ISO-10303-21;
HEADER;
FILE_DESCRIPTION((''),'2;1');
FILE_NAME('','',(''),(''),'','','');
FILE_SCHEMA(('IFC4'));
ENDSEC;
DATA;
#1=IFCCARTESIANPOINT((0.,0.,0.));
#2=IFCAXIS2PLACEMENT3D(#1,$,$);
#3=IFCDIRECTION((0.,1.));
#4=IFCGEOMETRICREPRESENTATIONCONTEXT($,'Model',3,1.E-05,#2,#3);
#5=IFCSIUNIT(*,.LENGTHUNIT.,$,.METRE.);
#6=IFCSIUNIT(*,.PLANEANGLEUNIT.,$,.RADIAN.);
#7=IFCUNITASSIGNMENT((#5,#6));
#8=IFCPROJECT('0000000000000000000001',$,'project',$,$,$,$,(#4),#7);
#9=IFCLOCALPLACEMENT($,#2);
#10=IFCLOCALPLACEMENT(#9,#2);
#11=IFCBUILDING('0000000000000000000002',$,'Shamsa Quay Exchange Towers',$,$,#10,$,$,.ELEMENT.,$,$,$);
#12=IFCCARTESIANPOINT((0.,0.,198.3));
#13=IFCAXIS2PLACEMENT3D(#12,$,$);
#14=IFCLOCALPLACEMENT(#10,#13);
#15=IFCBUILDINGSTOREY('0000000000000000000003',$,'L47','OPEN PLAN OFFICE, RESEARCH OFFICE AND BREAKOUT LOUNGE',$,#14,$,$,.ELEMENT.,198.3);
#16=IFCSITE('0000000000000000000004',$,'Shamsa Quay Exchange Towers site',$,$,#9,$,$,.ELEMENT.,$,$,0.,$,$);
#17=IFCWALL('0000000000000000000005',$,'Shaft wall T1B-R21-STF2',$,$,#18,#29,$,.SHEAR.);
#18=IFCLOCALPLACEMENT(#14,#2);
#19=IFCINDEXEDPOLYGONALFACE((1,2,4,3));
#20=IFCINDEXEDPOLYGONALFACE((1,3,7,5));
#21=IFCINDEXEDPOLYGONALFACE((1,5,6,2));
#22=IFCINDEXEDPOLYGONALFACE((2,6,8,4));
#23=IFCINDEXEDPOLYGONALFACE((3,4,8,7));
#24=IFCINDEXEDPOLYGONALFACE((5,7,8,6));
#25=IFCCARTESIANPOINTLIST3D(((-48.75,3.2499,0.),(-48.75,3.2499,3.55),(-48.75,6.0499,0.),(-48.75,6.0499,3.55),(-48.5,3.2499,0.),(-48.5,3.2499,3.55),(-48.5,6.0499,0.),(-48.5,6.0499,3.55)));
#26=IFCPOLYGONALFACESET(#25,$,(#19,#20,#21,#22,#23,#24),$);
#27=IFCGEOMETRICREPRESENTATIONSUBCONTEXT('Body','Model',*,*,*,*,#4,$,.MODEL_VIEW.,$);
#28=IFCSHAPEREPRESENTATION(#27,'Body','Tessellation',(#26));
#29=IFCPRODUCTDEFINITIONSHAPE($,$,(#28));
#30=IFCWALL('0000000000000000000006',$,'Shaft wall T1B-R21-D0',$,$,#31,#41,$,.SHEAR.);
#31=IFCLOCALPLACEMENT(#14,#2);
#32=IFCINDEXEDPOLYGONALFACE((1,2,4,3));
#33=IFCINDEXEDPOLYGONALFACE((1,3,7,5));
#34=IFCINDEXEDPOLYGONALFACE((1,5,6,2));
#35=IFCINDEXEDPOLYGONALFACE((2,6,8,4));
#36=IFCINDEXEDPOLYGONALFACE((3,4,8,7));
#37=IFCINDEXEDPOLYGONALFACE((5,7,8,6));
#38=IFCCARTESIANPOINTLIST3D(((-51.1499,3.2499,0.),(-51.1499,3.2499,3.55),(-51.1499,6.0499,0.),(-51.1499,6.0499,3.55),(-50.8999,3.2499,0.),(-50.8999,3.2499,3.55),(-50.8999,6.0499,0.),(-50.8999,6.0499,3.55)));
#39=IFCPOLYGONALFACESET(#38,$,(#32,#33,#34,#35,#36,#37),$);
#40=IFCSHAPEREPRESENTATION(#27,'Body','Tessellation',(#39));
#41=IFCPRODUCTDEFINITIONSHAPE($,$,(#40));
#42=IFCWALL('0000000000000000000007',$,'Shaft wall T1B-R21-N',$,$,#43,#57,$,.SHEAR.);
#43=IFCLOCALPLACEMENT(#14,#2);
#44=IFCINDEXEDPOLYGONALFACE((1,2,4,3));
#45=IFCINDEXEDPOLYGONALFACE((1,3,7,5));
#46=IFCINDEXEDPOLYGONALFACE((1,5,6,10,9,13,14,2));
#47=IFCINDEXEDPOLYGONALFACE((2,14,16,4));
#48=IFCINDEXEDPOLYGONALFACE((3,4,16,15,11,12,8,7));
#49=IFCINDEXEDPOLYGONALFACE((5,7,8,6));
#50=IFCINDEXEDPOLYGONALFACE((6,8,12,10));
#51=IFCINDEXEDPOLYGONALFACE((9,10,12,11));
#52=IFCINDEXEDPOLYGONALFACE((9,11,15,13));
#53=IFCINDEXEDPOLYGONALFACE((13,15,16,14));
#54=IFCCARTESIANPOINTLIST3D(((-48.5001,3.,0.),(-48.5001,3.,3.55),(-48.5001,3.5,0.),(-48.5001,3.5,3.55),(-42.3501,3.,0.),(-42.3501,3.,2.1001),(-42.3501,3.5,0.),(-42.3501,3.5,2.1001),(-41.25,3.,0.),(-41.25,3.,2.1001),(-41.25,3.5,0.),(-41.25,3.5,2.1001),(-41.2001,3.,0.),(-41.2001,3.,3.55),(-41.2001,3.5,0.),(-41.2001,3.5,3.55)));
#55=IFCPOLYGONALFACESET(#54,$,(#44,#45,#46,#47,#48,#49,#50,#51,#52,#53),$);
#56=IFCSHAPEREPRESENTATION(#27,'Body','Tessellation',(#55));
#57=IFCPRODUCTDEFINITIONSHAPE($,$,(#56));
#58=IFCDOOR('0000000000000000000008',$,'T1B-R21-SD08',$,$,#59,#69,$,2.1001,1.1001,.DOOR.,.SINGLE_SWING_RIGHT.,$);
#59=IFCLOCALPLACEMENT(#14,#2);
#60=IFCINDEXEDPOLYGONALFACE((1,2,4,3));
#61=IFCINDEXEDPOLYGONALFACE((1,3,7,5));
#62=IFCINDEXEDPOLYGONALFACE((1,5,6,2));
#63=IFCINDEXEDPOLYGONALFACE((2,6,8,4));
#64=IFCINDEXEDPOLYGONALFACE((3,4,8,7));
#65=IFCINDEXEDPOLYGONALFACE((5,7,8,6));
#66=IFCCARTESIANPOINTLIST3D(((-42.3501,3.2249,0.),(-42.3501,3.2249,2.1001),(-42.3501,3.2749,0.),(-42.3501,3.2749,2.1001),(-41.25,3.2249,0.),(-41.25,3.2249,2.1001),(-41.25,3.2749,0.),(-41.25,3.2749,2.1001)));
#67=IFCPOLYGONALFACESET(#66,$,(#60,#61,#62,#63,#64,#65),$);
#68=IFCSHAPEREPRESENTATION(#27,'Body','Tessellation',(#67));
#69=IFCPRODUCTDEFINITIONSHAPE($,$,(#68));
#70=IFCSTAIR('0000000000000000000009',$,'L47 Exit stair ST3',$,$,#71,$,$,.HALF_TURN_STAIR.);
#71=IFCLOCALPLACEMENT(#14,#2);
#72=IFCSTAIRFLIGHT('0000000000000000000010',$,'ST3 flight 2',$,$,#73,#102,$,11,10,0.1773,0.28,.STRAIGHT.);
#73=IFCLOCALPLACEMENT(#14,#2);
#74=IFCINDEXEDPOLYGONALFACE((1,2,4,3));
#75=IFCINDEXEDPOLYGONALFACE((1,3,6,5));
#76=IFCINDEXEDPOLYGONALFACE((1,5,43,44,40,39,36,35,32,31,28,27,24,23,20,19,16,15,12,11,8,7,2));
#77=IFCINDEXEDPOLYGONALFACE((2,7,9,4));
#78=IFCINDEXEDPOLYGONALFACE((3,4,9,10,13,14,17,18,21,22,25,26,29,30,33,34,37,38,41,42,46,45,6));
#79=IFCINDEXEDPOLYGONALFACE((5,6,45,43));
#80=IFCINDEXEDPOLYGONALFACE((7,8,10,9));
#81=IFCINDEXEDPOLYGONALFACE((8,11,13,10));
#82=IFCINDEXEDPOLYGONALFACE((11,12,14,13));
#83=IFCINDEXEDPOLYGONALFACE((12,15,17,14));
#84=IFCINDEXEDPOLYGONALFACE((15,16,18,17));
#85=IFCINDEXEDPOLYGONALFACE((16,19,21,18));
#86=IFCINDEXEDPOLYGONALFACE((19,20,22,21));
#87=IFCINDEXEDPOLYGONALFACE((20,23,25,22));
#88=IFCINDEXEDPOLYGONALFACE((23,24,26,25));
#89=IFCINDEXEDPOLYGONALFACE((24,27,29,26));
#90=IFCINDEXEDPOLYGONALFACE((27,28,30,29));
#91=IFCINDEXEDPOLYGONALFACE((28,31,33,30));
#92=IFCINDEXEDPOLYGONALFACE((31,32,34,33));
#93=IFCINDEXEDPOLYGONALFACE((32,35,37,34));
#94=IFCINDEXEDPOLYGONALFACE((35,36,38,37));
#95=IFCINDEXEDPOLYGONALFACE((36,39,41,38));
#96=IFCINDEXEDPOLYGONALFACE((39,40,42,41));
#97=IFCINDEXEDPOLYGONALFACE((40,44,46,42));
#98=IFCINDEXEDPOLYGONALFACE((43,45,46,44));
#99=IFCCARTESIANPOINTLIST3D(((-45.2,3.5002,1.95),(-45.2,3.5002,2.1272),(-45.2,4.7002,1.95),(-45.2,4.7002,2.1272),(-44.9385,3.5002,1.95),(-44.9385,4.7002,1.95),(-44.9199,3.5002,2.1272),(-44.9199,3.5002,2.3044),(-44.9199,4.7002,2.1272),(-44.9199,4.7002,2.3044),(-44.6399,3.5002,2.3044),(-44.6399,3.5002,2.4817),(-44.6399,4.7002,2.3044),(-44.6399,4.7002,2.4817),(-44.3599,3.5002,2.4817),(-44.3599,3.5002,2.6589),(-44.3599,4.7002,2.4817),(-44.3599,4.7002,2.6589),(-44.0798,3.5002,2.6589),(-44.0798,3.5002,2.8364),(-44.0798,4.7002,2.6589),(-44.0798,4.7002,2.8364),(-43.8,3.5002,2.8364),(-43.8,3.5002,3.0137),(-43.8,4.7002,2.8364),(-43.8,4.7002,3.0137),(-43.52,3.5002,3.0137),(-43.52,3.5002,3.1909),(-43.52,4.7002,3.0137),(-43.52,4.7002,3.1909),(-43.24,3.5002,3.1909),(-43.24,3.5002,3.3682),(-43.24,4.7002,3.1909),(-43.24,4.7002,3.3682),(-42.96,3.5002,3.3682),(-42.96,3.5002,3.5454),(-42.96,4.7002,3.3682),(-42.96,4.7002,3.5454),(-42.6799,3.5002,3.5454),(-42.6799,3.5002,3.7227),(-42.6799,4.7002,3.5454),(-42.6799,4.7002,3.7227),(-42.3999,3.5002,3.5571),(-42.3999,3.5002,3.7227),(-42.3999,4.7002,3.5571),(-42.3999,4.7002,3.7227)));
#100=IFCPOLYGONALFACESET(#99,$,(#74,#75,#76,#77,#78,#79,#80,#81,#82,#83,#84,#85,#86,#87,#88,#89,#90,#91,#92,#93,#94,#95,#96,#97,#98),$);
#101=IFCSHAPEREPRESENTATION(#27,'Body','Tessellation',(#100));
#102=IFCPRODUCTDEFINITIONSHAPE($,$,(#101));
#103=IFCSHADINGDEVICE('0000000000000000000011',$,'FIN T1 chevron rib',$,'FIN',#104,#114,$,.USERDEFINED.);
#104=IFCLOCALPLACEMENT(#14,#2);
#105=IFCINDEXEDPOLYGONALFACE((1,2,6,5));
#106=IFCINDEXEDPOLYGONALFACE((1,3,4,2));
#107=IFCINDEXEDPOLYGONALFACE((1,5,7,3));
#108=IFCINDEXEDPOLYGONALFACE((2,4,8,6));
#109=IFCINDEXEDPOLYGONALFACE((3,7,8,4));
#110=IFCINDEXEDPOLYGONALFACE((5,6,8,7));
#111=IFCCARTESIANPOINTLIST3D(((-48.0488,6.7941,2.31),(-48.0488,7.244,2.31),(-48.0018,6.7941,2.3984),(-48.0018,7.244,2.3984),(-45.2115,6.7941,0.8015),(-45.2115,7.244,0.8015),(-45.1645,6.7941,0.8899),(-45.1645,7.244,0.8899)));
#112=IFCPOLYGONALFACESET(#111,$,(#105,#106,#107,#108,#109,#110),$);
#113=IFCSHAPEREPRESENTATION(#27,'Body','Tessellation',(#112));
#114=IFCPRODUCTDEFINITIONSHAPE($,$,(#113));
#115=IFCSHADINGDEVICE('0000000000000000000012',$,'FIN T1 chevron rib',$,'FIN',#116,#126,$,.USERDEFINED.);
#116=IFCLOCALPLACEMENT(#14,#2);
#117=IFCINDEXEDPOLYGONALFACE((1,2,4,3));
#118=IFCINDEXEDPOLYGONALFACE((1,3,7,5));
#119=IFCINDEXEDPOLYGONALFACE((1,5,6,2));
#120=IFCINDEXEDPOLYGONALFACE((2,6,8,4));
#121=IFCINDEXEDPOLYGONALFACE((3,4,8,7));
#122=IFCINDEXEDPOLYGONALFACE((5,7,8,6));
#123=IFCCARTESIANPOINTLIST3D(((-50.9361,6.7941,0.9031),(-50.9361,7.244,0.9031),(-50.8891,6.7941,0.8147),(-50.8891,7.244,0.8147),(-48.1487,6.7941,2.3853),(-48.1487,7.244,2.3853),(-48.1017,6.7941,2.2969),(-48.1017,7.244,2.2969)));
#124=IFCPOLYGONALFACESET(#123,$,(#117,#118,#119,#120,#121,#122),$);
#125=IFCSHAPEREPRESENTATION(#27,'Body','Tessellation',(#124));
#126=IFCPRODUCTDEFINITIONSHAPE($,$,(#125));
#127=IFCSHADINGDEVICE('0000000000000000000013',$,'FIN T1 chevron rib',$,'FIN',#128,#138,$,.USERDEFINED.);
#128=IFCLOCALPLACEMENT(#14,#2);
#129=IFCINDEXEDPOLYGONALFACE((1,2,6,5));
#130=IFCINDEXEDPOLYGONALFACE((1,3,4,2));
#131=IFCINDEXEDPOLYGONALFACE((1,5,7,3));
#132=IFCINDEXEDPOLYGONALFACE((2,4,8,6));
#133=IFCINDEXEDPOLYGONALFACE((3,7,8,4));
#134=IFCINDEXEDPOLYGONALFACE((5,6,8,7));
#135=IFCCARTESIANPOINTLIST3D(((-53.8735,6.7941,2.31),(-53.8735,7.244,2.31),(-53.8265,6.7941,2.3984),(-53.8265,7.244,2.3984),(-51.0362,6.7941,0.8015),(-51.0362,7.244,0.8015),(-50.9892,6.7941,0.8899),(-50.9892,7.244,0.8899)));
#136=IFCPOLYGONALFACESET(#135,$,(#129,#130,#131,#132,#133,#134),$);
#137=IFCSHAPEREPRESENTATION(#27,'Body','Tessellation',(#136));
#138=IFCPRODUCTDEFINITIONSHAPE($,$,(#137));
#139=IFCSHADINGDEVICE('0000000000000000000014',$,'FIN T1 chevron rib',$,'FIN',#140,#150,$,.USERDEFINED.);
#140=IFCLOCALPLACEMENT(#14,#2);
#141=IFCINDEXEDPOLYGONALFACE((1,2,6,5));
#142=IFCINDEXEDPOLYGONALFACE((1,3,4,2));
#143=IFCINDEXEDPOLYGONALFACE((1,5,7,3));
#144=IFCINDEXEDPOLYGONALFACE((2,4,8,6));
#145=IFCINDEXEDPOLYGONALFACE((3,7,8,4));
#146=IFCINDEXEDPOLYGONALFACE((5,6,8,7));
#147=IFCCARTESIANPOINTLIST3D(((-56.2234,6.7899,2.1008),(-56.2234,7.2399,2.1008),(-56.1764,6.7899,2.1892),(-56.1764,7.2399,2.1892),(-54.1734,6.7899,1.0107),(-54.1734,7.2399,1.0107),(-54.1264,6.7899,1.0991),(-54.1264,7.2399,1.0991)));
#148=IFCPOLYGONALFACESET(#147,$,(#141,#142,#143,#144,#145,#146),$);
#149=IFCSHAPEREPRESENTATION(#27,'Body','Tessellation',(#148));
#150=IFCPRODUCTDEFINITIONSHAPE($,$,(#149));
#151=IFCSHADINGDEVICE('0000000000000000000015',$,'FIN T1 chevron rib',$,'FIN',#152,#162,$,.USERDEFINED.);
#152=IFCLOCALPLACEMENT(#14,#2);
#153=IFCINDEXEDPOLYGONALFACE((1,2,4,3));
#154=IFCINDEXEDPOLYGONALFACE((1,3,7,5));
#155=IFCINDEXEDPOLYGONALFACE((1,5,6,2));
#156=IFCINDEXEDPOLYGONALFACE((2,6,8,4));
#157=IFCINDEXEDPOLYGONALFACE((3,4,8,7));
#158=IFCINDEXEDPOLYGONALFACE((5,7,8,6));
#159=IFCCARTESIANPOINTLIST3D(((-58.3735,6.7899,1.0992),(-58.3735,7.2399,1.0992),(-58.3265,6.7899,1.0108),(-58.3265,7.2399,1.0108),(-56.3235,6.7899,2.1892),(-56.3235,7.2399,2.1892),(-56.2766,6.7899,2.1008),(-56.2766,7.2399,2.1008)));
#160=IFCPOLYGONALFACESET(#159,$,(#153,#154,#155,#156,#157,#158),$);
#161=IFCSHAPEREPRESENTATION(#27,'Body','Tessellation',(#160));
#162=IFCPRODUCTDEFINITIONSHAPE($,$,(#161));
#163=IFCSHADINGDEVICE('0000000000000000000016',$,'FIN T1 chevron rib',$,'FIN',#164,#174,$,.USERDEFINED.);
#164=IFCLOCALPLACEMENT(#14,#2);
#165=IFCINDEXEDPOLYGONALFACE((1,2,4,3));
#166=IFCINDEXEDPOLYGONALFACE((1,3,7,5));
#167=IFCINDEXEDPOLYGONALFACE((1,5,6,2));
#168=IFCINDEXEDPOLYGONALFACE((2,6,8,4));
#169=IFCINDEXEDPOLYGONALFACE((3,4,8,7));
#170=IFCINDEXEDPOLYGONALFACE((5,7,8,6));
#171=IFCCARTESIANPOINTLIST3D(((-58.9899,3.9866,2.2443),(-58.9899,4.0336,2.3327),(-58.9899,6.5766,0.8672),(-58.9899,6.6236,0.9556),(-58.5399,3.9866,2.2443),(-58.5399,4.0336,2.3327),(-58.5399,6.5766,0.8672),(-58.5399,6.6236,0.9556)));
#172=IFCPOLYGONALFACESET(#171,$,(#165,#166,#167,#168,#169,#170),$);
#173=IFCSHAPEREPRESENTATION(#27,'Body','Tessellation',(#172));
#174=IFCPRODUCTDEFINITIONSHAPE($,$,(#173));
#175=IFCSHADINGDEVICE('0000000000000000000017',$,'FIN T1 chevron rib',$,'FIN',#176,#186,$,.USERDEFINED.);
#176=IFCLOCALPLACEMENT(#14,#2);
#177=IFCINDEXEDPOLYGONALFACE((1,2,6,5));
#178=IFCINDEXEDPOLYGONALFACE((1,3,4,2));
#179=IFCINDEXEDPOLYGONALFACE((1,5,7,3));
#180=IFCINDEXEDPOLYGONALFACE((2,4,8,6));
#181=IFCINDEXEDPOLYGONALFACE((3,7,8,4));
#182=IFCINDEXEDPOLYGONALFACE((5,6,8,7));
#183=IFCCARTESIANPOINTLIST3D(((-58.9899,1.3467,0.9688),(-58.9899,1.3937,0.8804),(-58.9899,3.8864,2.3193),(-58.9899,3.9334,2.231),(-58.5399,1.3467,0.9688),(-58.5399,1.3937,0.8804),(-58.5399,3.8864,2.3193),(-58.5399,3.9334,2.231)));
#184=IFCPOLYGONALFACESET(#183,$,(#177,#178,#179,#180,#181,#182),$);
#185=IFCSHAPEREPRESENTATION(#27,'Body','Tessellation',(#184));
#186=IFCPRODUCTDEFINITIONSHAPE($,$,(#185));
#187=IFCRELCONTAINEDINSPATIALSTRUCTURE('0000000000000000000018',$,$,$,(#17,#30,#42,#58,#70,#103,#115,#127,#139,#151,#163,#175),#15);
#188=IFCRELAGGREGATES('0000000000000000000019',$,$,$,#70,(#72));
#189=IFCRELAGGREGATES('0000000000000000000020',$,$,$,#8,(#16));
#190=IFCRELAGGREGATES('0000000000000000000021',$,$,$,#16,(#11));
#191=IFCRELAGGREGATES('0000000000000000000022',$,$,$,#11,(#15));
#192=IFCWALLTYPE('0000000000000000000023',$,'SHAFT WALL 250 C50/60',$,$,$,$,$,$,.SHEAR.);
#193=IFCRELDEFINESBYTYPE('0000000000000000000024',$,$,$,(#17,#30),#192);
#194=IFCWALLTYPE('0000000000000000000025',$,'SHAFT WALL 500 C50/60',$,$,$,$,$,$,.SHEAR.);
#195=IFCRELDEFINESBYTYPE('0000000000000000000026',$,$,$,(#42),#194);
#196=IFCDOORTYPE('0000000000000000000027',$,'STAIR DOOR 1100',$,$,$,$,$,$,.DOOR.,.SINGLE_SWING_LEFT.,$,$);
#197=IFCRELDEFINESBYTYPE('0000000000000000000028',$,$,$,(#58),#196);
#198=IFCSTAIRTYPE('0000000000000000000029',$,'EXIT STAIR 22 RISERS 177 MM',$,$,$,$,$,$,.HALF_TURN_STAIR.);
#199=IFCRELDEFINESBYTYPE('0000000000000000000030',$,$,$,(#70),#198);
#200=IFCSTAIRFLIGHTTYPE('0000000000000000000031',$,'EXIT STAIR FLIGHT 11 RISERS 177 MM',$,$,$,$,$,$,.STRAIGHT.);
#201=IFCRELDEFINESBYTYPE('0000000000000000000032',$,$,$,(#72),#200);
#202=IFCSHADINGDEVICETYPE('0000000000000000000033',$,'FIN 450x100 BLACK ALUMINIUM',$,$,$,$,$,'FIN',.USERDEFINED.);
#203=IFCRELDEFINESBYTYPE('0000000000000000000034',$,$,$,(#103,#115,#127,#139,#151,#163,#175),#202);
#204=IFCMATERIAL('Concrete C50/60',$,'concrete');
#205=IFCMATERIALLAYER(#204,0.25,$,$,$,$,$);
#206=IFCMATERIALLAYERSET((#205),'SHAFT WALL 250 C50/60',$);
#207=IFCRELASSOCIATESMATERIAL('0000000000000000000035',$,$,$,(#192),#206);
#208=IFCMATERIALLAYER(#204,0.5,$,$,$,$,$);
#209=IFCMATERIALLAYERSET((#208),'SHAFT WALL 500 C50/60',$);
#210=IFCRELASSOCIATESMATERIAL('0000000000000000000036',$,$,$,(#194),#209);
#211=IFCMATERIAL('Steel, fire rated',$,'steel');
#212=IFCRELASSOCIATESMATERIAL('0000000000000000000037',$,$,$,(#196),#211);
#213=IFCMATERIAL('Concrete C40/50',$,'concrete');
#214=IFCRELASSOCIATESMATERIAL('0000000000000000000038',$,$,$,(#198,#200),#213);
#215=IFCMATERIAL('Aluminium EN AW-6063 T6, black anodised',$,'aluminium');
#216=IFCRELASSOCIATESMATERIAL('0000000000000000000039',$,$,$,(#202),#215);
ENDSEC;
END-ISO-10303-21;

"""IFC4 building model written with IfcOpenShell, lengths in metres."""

from ifc_helpers import new_model, si_unit, direction, frame, frame_2d, origin, origin_2d, place, context, subcontext, project, spatial, polyline, rectangle, outline, extrude, material, layer, layer_set, material_profile, profile_set, type_object, element, fill, aggregate, save


model = new_model("IFC4")

# Units and contexts
model_context = context("Model", 3, precision=1e-05, world=origin(), true_north=direction((0.0, 1.0)))
body_context = subcontext(model_context, "Body", "Model", "MODEL_VIEW")
ifc_project = project(units=[si_unit("LENGTHUNIT", "METRE"), si_unit("PLANEANGLEUNIT", "RADIAN")], contexts=[model_context])

# Site, building, storey
site_placement = place(None, origin())
site = spatial("IfcSite", under=ifc_project, at=site_placement, Name="Shamsa Quay Exchange Towers site", CompositionType="ELEMENT", RefElevation=0.0)
building_placement = place(site_placement, origin())
building = spatial("IfcBuilding", under=site, at=building_placement, Name="Shamsa Quay Exchange Towers", CompositionType="ELEMENT")
storey_placement = place(building_placement, frame((0.0, 0.0, 198.3)))
storey = spatial("IfcBuildingStorey", under=building, at=storey_placement, Name="L47", Description="OPEN PLAN OFFICE, RESEARCH OFFICE AND BREAKOUT LOUNGE", CompositionType="ELEMENT", Elevation=198.3)

# Shared definitions
ifc_material_1 = material(Name="Aluminium EN AW-6063 T6, black anodised", Category="aluminium")

# Shared definitions
ifc_material_2 = material(Name="Concrete C50/60", Category="concrete")
ifc_layer_1 = layer(ifc_material_2, 0.25)
ifc_layer_set_1 = layer_set([ifc_layer_1], Name="SHAFT WALL 250 C50/60")
wall_type_1 = type_object("IfcWallType", Name="SHAFT WALL 250 C50/60", PredefinedType="SHEAR", material=ifc_layer_set_1)
ifc_material_3 = material(Name="Steel, fire rated", Category="steel")

# Walls
for number, where, z_axis, x_axis, name in (
    (1, (-48.625, 3.25, 0.0), (0.0, 0.0, 1.0), (0.0, 1.0, 0.0), "Shaft wall T1B-R21-STF2"),
    (2, (-51.0249, 3.25, 0.0), (0.0, 0.0, 1.0), (0.0, 1.0, 0.0), "Shaft wall T1B-R21-D0"),
):
    element("IfcWall", number, at=place(storey_placement, frame(where, z_axis=z_axis, x_axis=x_axis)), inside=storey, type_object=wall_type_1, Name=name, PredefinedType="SHEAR", context=body_context, shape_type="SweptSolid", body=[
        extrude(rectangle(XDim=2.8, YDim=0.25, at=frame_2d((1.3999, 0.0))), origin(), (0.0, 0.0, 1.0), 3.55),
    ])

# Wall, opening, door
ifc_layer_2 = layer(ifc_material_2, 0.5)
ifc_layer_set_2 = layer_set([ifc_layer_2], Name="SHAFT WALL 500 C50/60")
wall_type_2 = type_object("IfcWallType", Name="SHAFT WALL 500 C50/60", PredefinedType="SHEAR", material=ifc_layer_set_2)
wall_1_placement = place(storey_placement, frame((-48.5, 3.25, 0.0)))
wall_1 = element("IfcWall", 3, at=wall_1_placement, inside=storey, type_object=wall_type_2, Name="Shaft wall T1B-R21-N", PredefinedType="SHEAR", context=body_context, shape_type="SweptSolid", body=[
    extrude(rectangle(XDim=7.3, YDim=0.5, at=frame_2d((3.6499, 0.0))), origin(), (0.0, 0.0, 1.0), 3.55),
])
opening_1_placement = place(wall_1_placement, frame((6.1499, 0.0, 0.0)))
opening_1 = element("IfcOpeningElement", 4, at=opening_1_placement, cuts=wall_1, PredefinedType="OPENING", context=body_context, shape_type="SweptSolid", body=[
    extrude(rectangle(XDim=1.1001, YDim=2.1001, at=frame_2d((0.55, 1.05))), frame((0.0, 0.26, 0.0), z_axis=(0.0, -1.0, 0.0), x_axis=(1.0, 0.0, 0.0)), (0.0, 0.0, 1.0), 0.52),
])
door_type_1 = type_object("IfcDoorType", Name="STAIR DOOR 1100", OperationType="SINGLE_SWING_LEFT", PredefinedType="DOOR", material=ifc_material_3)
door_1_placement = place(opening_1_placement, origin())
door_1 = element("IfcDoor", 5, at=door_1_placement, inside=storey, type_object=door_type_1, Name="T1B-R21-SD08", OperationType="SINGLE_SWING_RIGHT", OverallHeight=2.1001, OverallWidth=1.1001, PredefinedType="DOOR", context=body_context, shape_type="SweptSolid", body=[
    extrude(rectangle(XDim=1.1001, YDim=2.1001, at=frame_2d((0.55, 1.05))), frame((0.0, 0.0249, 0.0), z_axis=(0.0, -1.0, 0.0), x_axis=(1.0, 0.0, 0.0)), (0.0, 0.0, 1.0), 0.05),
])
fill(opening_1, door_1)

# Stair, stair flight
ifc_material_4 = material(Name="Concrete C40/50", Category="concrete")
stair_type = type_object("IfcStairType", Name="EXIT STAIR 22 RISERS 177 MM", PredefinedType="HALF_TURN_STAIR", material=ifc_material_4)
stair_placement = place(storey_placement, origin())
stair = element("IfcStair", 6, at=stair_placement, inside=storey, type_object=stair_type, Name="L47 Exit stair ST3", PredefinedType="HALF_TURN_STAIR")
stair_flight_type = type_object("IfcStairFlightType", Name="EXIT STAIR FLIGHT 11 RISERS 177 MM", PredefinedType="STRAIGHT", material=ifc_material_4)
stair_flight_placement = place(storey_placement, frame((-45.2, 4.1001, 1.95)))
stair_flight = element("IfcStairFlight", 7, at=stair_flight_placement, type_object=stair_flight_type, Name="ST3 flight 2", NumberOfRisers=11, NumberOfTreads=10, PredefinedType="STRAIGHT", RiserHeight=0.1773, TreadLength=0.28, context=body_context, shape_type="SweptSolid", body=[
    extrude(outline(polyline([(0.0, 0.0), (0.0, 0.1772), (0.28, 0.1772), (0.28, 0.3545), (0.5601, 0.3545), (0.5601, 0.5317), (0.8401, 0.5317), (0.8401, 0.709), (1.1201, 0.709), (1.1201, 0.8865), (1.3999, 0.8865), (1.3999, 1.0637), (1.6799, 1.0637), (1.6799, 1.241), (1.96, 1.241), (1.96, 1.4182), (2.24, 1.4182), (2.24, 1.5955), (2.52, 1.5955), (2.52, 1.7727), (2.8, 1.7727), (2.8, 1.95), (2.8, 1.6072), (0.2615, 0.0), (0.0, 0.0)])), frame((0.0, 0.6001, 0.0), z_axis=(0.0, -1.0, 0.0), x_axis=(1.0, 0.0, 0.0)), (0.0, 0.0, 1.0), 1.2),
])
aggregate(stair, [stair_flight])

# Shading devices
ifc_material_profile_1 = material_profile(ifc_material_1, rectangle(XDim=0.45, YDim=0.1001, at=origin_2d()), Name="FIN450x100")
ifc_profile_set_1 = profile_set([ifc_material_profile_1], Name="Aluminium EN AW-6063 T6, black anodised")
shading_device_type = type_object("IfcShadingDeviceType", Name="FIN 450x100 BLACK ALUMINIUM", ElementType="FIN", PredefinedType="USERDEFINED", material=ifc_profile_set_1)
shading_device_1_placement = place(storey_placement, frame((-45.188, 7.019, 0.8457), z_axis=(-0.882964, 0.0, 0.46944), x_axis=(0.0, -1.0, 0.0)))
element("IfcShadingDevice", 8, at=shading_device_1_placement, inside=storey, type_object=shading_device_type, Name="FIN T1 chevron rib", ObjectType="FIN", PredefinedType="USERDEFINED", context=body_context, shape_type="SweptSolid", body=[
    extrude(rectangle(XDim=0.45, YDim=0.1001, at=origin_2d()), origin(), (0.0, 0.0, 1.0), 3.2134),
])
shading_device_2_placement = place(storey_placement, frame((-48.1252, 7.019, 2.3411), z_axis=(-0.882932, 0.0, -0.4695), x_axis=(0.0, -1.0, 0.0)))
element("IfcShadingDevice", 9, at=shading_device_2_placement, inside=storey, type_object=shading_device_type, Name="FIN T1 chevron rib", ObjectType="FIN", PredefinedType="USERDEFINED", context=body_context, shape_type="SweptSolid", body=[
    extrude(rectangle(XDim=0.45, YDim=0.1001, at=origin_2d()), origin(), (0.0, 0.0, 1.0), 3.157),
])
shading_device_3_placement = place(storey_placement, frame((-51.0127, 7.019, 0.8457), z_axis=(-0.882964, 0.0, 0.46944), x_axis=(0.0, -1.0, 0.0)))
element("IfcShadingDevice", 10, at=shading_device_3_placement, inside=storey, type_object=shading_device_type, Name="FIN T1 chevron rib", ObjectType="FIN", PredefinedType="USERDEFINED", context=body_context, shape_type="SweptSolid", body=[
    extrude(rectangle(XDim=0.45, YDim=0.1001, at=origin_2d()), origin(), (0.0, 0.0, 1.0), 3.2134),
])
for number, where, z_axis, x_axis, name in (
    (11, (-54.1499, 7.0149, 1.0549), (-0.882937, 0.0, 0.469491), (0.0, -1.0, 0.0), "FIN T1 chevron rib"),
    (12, (-56.3, 7.0149, 2.145), (-0.882937, 0.0, -0.469491), (0.0, -1.0, 0.0), "FIN T1 chevron rib"),
):
    element("IfcShadingDevice", number, at=place(storey_placement, frame(where, z_axis=z_axis, x_axis=x_axis)), inside=storey, type_object=shading_device_type, Name=name, ObjectType="FIN", PredefinedType="USERDEFINED", context=body_context, shape_type="SweptSolid", body=[
        extrude(rectangle(XDim=0.45, YDim=0.1001, at=origin_2d()), origin(), (0.0, 0.0, 1.0), 2.3218),
    ])
shading_device_4_placement = place(storey_placement, frame((-58.7649, 6.6001, 0.9114), z_axis=(0.0, -0.882944, 0.469478), x_axis=(1.0, 0.0, 0.0)))
element("IfcShadingDevice", 13, at=shading_device_4_placement, inside=storey, type_object=shading_device_type, Name="FIN T1 chevron rib", ObjectType="FIN", PredefinedType="USERDEFINED", context=body_context, shape_type="SweptSolid", body=[
    extrude(rectangle(XDim=0.45, YDim=0.1001, at=origin_2d()), origin(), (0.0, 0.0, 1.0), 2.9333),
])
shading_device_5_placement = place(storey_placement, frame((-58.7649, 3.9099, 2.2751), z_axis=(0.0, -0.882926, -0.469513), x_axis=(1.0, 0.0, 0.0)))
element("IfcShadingDevice", 14, at=shading_device_5_placement, inside=storey, type_object=shading_device_type, Name="FIN T1 chevron rib", ObjectType="FIN", PredefinedType="USERDEFINED", context=body_context, shape_type="SweptSolid", body=[
    extrude(rectangle(XDim=0.45, YDim=0.1001, at=origin_2d()), origin(), (0.0, 0.0, 1.0), 2.8765),
])

save(model, "model.ifc")
